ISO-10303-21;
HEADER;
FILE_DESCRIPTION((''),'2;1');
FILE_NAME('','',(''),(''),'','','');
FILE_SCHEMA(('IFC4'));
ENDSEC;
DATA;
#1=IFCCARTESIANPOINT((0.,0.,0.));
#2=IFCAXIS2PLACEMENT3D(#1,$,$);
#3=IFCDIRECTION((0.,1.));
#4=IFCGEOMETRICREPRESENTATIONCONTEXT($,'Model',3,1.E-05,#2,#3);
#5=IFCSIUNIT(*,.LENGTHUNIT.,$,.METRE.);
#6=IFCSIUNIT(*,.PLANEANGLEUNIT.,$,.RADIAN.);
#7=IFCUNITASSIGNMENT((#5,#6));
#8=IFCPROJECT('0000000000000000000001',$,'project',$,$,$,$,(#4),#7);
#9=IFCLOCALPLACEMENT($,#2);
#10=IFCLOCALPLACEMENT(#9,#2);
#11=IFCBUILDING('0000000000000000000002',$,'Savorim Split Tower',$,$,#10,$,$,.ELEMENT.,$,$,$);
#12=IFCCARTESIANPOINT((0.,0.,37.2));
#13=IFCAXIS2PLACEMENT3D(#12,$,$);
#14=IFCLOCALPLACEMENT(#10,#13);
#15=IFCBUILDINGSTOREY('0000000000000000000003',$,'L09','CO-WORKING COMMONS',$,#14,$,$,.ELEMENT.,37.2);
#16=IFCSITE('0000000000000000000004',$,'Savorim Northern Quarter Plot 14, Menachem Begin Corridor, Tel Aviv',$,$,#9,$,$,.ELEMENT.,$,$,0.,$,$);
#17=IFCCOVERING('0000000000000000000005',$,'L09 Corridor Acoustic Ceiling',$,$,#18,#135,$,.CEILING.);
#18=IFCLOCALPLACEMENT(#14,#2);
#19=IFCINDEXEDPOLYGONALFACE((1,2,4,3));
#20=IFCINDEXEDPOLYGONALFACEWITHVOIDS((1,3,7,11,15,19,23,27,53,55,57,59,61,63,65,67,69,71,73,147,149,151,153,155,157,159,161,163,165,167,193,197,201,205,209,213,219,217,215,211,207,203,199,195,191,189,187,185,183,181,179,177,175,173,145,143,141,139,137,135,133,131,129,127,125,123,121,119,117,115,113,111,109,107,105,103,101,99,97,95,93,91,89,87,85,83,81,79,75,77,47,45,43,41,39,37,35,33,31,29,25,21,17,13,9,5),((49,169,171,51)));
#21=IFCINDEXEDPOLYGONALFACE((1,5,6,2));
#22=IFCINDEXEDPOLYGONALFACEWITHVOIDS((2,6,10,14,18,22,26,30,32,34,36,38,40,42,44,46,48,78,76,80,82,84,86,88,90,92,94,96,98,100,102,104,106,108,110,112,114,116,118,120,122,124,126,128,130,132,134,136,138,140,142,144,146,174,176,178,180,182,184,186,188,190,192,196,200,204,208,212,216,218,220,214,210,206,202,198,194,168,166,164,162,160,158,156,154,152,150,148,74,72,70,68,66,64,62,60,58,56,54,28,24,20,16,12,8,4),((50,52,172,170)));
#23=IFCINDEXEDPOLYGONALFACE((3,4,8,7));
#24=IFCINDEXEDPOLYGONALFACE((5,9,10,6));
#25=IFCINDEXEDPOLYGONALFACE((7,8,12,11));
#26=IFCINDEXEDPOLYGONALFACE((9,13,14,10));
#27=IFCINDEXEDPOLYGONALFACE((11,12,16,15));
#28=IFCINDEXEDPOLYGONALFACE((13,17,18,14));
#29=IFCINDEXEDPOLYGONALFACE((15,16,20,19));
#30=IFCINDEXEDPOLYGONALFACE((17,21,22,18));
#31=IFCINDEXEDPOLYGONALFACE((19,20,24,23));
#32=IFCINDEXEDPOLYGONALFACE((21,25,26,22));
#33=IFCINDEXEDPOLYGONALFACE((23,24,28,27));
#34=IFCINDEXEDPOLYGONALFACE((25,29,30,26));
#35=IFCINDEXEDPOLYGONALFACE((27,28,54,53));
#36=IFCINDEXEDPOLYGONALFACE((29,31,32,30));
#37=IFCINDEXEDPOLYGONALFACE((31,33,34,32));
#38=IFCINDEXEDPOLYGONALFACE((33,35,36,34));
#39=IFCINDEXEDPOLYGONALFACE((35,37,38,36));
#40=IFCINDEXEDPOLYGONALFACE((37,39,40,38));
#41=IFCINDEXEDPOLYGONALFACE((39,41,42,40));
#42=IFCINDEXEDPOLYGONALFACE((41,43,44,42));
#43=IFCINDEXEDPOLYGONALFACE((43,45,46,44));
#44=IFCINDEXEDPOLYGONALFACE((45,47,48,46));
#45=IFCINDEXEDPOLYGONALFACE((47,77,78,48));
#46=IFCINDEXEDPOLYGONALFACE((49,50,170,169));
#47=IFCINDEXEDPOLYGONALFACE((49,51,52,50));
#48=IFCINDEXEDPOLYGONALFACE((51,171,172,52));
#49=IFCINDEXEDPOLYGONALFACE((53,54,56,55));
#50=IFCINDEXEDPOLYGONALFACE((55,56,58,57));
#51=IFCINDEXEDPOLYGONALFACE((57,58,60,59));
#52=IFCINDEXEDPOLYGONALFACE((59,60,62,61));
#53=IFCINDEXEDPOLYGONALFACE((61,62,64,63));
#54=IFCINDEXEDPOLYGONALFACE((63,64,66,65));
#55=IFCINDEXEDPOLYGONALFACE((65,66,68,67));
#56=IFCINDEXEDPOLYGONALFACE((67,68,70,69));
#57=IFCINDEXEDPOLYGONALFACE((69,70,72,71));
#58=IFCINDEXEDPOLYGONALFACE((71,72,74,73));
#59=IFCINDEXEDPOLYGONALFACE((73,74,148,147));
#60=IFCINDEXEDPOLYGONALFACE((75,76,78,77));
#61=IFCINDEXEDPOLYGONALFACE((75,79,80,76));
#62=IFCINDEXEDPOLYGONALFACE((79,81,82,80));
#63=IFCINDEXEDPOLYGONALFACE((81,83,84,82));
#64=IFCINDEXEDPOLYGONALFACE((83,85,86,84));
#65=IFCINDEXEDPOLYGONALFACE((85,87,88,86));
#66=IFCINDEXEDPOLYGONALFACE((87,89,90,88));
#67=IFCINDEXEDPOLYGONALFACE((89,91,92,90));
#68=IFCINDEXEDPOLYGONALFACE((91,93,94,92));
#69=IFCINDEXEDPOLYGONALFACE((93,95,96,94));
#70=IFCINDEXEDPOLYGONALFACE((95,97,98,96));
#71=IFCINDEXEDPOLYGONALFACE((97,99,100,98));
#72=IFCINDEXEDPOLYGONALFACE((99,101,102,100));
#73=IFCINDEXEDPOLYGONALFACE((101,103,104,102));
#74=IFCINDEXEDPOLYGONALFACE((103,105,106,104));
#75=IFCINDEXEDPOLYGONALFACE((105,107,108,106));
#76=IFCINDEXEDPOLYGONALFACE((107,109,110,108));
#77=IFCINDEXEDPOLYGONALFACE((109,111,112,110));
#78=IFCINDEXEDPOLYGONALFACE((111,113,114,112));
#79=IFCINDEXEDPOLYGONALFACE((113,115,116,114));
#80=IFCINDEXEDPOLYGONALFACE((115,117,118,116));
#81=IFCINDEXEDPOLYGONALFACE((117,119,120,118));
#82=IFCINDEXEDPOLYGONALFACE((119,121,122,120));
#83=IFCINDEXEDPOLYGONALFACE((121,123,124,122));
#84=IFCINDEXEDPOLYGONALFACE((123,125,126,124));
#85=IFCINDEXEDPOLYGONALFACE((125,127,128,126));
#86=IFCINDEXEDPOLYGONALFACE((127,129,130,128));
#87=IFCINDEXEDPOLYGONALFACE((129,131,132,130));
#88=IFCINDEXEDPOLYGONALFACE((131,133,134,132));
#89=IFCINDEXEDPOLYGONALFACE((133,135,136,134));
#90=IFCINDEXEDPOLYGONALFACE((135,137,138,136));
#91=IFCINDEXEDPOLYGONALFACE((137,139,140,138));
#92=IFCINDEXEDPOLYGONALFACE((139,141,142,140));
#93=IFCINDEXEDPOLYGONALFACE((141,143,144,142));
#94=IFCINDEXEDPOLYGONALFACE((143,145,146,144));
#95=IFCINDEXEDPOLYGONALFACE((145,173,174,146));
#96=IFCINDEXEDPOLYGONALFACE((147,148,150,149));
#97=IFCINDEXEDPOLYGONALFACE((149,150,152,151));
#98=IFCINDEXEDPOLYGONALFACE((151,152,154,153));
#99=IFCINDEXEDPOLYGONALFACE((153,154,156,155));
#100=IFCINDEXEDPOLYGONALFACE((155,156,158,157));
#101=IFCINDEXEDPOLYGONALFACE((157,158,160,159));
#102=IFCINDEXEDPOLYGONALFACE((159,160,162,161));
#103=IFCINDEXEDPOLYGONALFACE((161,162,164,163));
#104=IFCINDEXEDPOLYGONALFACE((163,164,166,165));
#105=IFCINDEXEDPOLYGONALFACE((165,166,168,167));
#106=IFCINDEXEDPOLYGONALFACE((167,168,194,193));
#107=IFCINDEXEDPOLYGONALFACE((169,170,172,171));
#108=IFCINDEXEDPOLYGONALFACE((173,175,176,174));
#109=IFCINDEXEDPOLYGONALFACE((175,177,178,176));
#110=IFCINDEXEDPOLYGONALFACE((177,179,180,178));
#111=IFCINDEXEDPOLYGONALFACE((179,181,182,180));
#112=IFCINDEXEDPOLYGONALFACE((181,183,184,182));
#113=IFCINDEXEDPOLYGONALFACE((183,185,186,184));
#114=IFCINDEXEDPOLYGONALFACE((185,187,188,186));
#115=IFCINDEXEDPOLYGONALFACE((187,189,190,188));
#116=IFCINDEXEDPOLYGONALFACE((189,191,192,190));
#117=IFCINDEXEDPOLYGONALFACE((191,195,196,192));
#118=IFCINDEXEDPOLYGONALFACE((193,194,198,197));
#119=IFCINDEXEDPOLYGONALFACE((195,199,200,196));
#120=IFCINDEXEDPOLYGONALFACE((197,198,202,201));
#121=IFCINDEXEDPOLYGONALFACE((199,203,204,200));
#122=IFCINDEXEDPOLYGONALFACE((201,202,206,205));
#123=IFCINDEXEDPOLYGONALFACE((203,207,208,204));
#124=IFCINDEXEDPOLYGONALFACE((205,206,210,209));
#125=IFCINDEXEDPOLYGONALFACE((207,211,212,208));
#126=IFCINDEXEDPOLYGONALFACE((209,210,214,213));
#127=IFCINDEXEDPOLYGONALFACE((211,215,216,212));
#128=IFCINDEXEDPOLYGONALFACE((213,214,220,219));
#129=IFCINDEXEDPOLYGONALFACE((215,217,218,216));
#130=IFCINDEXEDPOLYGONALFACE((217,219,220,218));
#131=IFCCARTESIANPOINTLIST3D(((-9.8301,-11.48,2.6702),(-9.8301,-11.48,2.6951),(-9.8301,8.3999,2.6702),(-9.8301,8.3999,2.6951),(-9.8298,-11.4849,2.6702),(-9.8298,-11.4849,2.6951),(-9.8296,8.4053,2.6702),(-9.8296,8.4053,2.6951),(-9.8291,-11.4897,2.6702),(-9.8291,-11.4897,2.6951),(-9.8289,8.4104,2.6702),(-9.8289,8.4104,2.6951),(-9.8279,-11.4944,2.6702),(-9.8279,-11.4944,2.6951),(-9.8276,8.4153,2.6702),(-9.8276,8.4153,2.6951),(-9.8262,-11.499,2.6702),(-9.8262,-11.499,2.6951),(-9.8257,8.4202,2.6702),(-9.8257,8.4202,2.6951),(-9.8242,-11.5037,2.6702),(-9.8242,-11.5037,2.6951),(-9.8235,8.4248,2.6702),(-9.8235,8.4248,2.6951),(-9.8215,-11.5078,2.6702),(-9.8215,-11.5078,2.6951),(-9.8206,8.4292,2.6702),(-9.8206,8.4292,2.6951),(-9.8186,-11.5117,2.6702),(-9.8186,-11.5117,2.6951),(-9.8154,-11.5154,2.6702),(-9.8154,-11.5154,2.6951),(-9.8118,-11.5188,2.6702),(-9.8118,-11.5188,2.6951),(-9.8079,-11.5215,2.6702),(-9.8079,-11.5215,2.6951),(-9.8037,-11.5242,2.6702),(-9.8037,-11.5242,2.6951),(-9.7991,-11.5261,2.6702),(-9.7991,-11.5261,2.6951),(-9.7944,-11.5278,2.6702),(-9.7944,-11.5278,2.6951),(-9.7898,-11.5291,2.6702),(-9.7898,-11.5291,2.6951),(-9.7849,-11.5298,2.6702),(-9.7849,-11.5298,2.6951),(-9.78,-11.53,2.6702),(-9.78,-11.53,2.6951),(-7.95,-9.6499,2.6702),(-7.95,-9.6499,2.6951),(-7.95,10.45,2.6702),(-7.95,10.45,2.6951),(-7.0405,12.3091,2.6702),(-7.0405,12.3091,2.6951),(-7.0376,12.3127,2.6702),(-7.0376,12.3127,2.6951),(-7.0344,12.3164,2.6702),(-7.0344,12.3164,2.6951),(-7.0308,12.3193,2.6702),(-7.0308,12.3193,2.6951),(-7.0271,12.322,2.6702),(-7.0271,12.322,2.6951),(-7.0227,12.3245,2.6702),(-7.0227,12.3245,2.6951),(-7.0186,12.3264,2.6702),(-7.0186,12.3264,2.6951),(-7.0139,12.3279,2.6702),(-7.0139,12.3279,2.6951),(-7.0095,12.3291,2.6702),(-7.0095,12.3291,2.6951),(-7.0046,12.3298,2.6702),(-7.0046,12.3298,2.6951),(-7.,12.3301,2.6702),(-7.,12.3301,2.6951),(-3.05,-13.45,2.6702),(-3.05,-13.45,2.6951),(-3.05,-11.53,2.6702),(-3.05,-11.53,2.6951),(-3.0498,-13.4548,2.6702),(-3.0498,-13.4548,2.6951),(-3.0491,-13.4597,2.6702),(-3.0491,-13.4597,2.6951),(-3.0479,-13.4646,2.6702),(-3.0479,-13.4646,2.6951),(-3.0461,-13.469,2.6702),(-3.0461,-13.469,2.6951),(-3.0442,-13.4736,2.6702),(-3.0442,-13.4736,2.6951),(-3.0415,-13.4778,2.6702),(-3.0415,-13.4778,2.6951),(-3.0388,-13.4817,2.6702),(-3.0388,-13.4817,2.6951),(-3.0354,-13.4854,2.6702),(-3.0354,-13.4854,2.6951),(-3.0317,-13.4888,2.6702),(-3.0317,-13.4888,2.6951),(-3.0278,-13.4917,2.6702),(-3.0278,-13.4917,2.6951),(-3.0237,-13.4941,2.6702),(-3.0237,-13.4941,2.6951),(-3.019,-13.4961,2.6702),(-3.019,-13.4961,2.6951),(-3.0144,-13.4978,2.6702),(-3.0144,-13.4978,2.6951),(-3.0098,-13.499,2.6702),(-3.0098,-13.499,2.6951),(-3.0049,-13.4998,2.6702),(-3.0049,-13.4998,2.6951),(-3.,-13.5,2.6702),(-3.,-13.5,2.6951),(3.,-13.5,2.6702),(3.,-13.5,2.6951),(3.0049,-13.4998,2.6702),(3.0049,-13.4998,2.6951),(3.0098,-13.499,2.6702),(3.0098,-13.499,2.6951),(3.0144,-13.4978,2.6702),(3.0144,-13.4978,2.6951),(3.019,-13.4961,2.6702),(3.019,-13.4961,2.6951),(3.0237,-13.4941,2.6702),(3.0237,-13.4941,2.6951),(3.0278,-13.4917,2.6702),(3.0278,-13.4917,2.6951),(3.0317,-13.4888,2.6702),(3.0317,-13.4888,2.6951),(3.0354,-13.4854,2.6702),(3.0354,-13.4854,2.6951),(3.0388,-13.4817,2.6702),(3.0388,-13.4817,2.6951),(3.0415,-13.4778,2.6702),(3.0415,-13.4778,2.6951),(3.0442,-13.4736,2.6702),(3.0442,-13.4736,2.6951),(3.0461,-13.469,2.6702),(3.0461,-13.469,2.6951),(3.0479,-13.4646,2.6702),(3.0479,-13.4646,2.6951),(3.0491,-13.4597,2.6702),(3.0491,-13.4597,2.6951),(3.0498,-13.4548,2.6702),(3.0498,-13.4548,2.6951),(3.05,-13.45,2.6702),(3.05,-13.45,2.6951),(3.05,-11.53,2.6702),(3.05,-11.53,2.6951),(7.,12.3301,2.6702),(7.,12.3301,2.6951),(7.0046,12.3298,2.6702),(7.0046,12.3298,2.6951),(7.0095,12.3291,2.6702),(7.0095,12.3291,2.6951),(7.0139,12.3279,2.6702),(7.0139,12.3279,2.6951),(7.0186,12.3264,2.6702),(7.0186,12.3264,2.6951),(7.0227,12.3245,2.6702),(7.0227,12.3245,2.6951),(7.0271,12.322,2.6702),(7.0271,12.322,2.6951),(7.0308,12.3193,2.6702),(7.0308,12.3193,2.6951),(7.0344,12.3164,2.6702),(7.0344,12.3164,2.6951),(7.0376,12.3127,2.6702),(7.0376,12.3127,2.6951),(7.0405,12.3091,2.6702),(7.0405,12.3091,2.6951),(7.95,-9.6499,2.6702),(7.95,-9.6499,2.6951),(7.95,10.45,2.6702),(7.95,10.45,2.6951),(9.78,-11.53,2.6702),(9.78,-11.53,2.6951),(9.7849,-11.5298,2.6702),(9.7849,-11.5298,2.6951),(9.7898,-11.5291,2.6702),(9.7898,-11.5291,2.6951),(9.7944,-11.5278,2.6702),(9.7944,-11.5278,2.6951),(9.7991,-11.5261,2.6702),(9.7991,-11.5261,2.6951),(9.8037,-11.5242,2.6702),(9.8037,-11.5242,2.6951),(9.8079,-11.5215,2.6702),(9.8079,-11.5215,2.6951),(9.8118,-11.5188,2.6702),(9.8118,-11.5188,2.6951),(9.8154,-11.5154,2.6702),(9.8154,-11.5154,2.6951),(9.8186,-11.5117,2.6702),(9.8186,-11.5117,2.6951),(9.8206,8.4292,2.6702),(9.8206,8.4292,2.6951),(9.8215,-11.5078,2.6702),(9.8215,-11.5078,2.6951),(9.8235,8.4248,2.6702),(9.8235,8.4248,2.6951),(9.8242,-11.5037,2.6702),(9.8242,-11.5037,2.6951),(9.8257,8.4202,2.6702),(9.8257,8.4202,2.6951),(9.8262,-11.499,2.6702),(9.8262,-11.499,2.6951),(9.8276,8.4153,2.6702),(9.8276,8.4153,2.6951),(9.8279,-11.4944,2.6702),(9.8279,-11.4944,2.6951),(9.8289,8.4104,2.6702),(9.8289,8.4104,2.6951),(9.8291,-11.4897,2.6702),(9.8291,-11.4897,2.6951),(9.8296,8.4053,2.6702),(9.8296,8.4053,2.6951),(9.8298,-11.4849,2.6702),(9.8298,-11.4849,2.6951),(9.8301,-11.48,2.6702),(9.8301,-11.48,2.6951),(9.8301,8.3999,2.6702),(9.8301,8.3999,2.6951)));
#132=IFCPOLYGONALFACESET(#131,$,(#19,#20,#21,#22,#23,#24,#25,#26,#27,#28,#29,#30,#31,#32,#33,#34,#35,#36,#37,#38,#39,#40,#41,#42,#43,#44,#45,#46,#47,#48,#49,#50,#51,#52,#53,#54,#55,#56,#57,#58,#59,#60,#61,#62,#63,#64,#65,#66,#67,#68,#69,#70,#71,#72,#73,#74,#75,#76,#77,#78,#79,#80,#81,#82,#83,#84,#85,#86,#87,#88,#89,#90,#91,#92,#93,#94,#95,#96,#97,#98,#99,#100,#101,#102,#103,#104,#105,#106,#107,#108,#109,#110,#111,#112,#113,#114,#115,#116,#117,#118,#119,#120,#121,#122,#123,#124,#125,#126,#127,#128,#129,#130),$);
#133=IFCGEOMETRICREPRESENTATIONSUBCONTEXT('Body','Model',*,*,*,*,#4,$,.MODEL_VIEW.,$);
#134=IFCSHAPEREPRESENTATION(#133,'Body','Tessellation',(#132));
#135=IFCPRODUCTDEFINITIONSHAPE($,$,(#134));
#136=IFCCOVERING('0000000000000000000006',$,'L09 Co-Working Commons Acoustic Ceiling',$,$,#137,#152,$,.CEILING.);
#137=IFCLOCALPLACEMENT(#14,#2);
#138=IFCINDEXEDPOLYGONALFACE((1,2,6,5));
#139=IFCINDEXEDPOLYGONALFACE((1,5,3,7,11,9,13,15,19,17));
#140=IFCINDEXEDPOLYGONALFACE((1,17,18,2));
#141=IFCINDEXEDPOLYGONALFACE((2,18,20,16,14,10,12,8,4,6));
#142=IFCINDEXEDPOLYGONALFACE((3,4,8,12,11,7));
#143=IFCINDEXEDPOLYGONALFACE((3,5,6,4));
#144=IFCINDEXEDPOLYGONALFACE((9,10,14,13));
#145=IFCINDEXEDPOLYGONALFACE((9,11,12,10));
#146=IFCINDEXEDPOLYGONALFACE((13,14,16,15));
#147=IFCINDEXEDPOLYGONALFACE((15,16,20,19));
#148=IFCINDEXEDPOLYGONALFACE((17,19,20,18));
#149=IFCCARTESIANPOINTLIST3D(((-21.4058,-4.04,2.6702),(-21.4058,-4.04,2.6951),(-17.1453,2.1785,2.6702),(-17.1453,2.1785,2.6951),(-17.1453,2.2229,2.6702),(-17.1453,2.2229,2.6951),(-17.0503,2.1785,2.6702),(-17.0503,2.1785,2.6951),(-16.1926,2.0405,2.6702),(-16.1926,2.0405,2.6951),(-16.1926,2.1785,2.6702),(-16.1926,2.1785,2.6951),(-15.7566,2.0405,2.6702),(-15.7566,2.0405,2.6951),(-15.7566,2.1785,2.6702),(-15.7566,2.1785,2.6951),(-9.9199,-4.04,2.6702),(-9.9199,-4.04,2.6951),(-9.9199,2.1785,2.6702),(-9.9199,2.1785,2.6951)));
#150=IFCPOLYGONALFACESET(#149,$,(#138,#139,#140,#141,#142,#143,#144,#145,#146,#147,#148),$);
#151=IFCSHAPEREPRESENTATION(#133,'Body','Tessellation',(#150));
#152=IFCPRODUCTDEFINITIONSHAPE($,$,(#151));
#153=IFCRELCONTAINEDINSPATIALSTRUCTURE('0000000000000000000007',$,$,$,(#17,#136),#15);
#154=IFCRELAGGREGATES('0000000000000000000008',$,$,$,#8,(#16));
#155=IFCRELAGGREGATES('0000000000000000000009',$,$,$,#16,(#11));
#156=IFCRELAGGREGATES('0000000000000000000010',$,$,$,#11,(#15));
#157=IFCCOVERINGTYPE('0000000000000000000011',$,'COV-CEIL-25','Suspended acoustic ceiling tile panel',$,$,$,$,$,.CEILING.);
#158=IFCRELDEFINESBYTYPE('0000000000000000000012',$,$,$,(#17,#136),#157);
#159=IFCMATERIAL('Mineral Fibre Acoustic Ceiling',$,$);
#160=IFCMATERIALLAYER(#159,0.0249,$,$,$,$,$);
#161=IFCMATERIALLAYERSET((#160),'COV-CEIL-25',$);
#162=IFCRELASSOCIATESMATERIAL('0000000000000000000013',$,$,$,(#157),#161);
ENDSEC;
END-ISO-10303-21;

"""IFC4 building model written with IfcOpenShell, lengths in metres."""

from ifc_helpers import new_model, si_unit, direction, frame, origin, place, context, subcontext, project, spatial, polyline, outline, extrude, material, layer, layer_set, type_object, element, save


model = new_model("IFC4")

# Units and contexts
model_context = context("Model", 3, precision=1e-05, world=origin(), true_north=direction((0.0, 1.0)))
body_context = subcontext(model_context, "Body", "Model", "MODEL_VIEW")
ifc_project = project(units=[si_unit("LENGTHUNIT", "METRE"), si_unit("PLANEANGLEUNIT", "RADIAN")], contexts=[model_context])

# Site, building, storey
site_placement = place(None, origin())
site = spatial("IfcSite", under=ifc_project, at=site_placement, Name="Savorim Northern Quarter Plot 14, Menachem Begin Corridor, Tel Aviv", CompositionType="ELEMENT", RefElevation=0.0)
building_placement = place(site_placement, origin())
building = spatial("IfcBuilding", under=site, at=building_placement, Name="Savorim Split Tower", CompositionType="ELEMENT")
storey_placement = place(building_placement, frame((0.0, 0.0, 37.2)))
storey = spatial("IfcBuildingStorey", under=building, at=storey_placement, Name="L09", Description="CO-WORKING COMMONS", CompositionType="ELEMENT", Elevation=37.2)

# Coverings
ifc_material_1 = material(Name="Mineral Fibre Acoustic Ceiling")
ifc_layer_1 = layer(ifc_material_1, 0.0249)
ifc_layer_set_1 = layer_set([ifc_layer_1], Name="COV-CEIL-25")
covering_type_1 = type_object("IfcCoveringType", Name="COV-CEIL-25", Description="Suspended acoustic ceiling tile panel", PredefinedType="CEILING", material=ifc_layer_set_1)
covering_1_placement = place(storey_placement, frame((0.0, 0.0, 2.6702)))
element("IfcCovering", 1, at=covering_1_placement, inside=storey, type_object=covering_type_1, Name="L09 Corridor Acoustic Ceiling", PredefinedType="CEILING", context=body_context, shape_type="SweptSolid", body=[
    extrude(outline(polyline([(7.0095, 12.3291), (7.0046, 12.3298), (7.0, 12.3301), (-7.0, 12.3301), (-7.0046, 12.3298), (-7.0095, 12.3291), (-7.0139, 12.3279), (-7.0186, 12.3264), (-7.0227, 12.3245), (-7.0271, 12.322), (-7.0308, 12.3193), (-7.0344, 12.3164), (-7.0376, 12.3127), (-7.0405, 12.3091), (-9.8206, 8.4292), (-9.8235, 8.4248), (-9.8257, 8.4202), (-9.8276, 8.4153), (-9.8289, 8.4104), (-9.8296, 8.4053), (-9.8301, 8.3999), (-9.8301, -11.48), (-9.8298, -11.4849), (-9.8291, -11.4897), (-9.8279, -11.4944), (-9.8262, -11.499), (-9.8242, -11.5037), (-9.8215, -11.5078), (-9.8186, -11.5117), (-9.8154, -11.5154), (-9.8118, -11.5188), (-9.8079, -11.5215), (-9.8037, -11.5242), (-9.7991, -11.5261), (-9.7944, -11.5278), (-9.7898, -11.5291), (-9.7849, -11.5298), (-9.78, -11.53), (-3.05, -11.53), (-3.05, -13.45), (-3.0498, -13.4548), (-3.0491, -13.4597), (-3.0479, -13.4646), (-3.0461, -13.469), (-3.0442, -13.4736), (-3.0415, -13.4778), (-3.0388, -13.4817), (-3.0354, -13.4854), (-3.0317, -13.4888), (-3.0278, -13.4917), (-3.0237, -13.4941), (-3.019, -13.4961), (-3.0144, -13.4978), (-3.0098, -13.499), (-3.0049, -13.4998), (-3.0, -13.5), (3.0, -13.5), (3.0049, -13.4998), (3.0098, -13.499), (3.0144, -13.4978), (3.019, -13.4961), (3.0237, -13.4941), (3.0278, -13.4917), (3.0317, -13.4888), (3.0354, -13.4854), (3.0388, -13.4817), (3.0415, -13.4778), (3.0442, -13.4736), (3.0461, -13.469), (3.0479, -13.4646), (3.0491, -13.4597), (3.0498, -13.4548), (3.05, -13.45), (3.05, -11.53), (9.78, -11.53), (9.7849, -11.5298), (9.7898, -11.5291), (9.7944, -11.5278), (9.7991, -11.5261), (9.8037, -11.5242), (9.8079, -11.5215), (9.8118, -11.5188), (9.8154, -11.5154), (9.8186, -11.5117), (9.8215, -11.5078), (9.8242, -11.5037), (9.8262, -11.499), (9.8279, -11.4944), (9.8291, -11.4897), (9.8298, -11.4849), (9.8301, -11.48), (9.8301, 8.3999), (9.8296, 8.4053), (9.8289, 8.4104), (9.8276, 8.4153), (9.8257, 8.4202), (9.8235, 8.4248), (9.8206, 8.4292), (7.0405, 12.3091), (7.0376, 12.3127), (7.0344, 12.3164), (7.0308, 12.3193), (7.0271, 12.322), (7.0227, 12.3245), (7.0186, 12.3264), (7.0139, 12.3279), (7.0095, 12.3291)]), holes=[polyline([(-7.95, 10.45), (-7.95, -9.6499), (7.95, -9.6499), (7.95, 10.45), (-7.95, 10.45)])]), origin(), (0.0, 0.0, 1.0), 0.0249),
])
covering_2_placement = place(storey_placement, frame((0.0, 0.0, 2.6702)))
element("IfcCovering", 2, at=covering_2_placement, inside=storey, type_object=covering_type_1, Name="L09 Co-Working Commons Acoustic Ceiling", PredefinedType="CEILING", context=body_context, shape_type="SweptSolid", body=[
    extrude(outline(polyline([(-17.0503, 2.1785), (-17.1453, 2.1785), (-17.1453, 2.2229), (-21.4058, -4.04), (-9.9199, -4.04), (-9.9199, 2.1785), (-15.7566, 2.1785), (-15.7566, 2.0405), (-16.1926, 2.0405), (-16.1926, 2.1785), (-17.0503, 2.1785)])), origin(), (0.0, 0.0, 1.0), 0.0249),
])

save(model, "model.ifc")
